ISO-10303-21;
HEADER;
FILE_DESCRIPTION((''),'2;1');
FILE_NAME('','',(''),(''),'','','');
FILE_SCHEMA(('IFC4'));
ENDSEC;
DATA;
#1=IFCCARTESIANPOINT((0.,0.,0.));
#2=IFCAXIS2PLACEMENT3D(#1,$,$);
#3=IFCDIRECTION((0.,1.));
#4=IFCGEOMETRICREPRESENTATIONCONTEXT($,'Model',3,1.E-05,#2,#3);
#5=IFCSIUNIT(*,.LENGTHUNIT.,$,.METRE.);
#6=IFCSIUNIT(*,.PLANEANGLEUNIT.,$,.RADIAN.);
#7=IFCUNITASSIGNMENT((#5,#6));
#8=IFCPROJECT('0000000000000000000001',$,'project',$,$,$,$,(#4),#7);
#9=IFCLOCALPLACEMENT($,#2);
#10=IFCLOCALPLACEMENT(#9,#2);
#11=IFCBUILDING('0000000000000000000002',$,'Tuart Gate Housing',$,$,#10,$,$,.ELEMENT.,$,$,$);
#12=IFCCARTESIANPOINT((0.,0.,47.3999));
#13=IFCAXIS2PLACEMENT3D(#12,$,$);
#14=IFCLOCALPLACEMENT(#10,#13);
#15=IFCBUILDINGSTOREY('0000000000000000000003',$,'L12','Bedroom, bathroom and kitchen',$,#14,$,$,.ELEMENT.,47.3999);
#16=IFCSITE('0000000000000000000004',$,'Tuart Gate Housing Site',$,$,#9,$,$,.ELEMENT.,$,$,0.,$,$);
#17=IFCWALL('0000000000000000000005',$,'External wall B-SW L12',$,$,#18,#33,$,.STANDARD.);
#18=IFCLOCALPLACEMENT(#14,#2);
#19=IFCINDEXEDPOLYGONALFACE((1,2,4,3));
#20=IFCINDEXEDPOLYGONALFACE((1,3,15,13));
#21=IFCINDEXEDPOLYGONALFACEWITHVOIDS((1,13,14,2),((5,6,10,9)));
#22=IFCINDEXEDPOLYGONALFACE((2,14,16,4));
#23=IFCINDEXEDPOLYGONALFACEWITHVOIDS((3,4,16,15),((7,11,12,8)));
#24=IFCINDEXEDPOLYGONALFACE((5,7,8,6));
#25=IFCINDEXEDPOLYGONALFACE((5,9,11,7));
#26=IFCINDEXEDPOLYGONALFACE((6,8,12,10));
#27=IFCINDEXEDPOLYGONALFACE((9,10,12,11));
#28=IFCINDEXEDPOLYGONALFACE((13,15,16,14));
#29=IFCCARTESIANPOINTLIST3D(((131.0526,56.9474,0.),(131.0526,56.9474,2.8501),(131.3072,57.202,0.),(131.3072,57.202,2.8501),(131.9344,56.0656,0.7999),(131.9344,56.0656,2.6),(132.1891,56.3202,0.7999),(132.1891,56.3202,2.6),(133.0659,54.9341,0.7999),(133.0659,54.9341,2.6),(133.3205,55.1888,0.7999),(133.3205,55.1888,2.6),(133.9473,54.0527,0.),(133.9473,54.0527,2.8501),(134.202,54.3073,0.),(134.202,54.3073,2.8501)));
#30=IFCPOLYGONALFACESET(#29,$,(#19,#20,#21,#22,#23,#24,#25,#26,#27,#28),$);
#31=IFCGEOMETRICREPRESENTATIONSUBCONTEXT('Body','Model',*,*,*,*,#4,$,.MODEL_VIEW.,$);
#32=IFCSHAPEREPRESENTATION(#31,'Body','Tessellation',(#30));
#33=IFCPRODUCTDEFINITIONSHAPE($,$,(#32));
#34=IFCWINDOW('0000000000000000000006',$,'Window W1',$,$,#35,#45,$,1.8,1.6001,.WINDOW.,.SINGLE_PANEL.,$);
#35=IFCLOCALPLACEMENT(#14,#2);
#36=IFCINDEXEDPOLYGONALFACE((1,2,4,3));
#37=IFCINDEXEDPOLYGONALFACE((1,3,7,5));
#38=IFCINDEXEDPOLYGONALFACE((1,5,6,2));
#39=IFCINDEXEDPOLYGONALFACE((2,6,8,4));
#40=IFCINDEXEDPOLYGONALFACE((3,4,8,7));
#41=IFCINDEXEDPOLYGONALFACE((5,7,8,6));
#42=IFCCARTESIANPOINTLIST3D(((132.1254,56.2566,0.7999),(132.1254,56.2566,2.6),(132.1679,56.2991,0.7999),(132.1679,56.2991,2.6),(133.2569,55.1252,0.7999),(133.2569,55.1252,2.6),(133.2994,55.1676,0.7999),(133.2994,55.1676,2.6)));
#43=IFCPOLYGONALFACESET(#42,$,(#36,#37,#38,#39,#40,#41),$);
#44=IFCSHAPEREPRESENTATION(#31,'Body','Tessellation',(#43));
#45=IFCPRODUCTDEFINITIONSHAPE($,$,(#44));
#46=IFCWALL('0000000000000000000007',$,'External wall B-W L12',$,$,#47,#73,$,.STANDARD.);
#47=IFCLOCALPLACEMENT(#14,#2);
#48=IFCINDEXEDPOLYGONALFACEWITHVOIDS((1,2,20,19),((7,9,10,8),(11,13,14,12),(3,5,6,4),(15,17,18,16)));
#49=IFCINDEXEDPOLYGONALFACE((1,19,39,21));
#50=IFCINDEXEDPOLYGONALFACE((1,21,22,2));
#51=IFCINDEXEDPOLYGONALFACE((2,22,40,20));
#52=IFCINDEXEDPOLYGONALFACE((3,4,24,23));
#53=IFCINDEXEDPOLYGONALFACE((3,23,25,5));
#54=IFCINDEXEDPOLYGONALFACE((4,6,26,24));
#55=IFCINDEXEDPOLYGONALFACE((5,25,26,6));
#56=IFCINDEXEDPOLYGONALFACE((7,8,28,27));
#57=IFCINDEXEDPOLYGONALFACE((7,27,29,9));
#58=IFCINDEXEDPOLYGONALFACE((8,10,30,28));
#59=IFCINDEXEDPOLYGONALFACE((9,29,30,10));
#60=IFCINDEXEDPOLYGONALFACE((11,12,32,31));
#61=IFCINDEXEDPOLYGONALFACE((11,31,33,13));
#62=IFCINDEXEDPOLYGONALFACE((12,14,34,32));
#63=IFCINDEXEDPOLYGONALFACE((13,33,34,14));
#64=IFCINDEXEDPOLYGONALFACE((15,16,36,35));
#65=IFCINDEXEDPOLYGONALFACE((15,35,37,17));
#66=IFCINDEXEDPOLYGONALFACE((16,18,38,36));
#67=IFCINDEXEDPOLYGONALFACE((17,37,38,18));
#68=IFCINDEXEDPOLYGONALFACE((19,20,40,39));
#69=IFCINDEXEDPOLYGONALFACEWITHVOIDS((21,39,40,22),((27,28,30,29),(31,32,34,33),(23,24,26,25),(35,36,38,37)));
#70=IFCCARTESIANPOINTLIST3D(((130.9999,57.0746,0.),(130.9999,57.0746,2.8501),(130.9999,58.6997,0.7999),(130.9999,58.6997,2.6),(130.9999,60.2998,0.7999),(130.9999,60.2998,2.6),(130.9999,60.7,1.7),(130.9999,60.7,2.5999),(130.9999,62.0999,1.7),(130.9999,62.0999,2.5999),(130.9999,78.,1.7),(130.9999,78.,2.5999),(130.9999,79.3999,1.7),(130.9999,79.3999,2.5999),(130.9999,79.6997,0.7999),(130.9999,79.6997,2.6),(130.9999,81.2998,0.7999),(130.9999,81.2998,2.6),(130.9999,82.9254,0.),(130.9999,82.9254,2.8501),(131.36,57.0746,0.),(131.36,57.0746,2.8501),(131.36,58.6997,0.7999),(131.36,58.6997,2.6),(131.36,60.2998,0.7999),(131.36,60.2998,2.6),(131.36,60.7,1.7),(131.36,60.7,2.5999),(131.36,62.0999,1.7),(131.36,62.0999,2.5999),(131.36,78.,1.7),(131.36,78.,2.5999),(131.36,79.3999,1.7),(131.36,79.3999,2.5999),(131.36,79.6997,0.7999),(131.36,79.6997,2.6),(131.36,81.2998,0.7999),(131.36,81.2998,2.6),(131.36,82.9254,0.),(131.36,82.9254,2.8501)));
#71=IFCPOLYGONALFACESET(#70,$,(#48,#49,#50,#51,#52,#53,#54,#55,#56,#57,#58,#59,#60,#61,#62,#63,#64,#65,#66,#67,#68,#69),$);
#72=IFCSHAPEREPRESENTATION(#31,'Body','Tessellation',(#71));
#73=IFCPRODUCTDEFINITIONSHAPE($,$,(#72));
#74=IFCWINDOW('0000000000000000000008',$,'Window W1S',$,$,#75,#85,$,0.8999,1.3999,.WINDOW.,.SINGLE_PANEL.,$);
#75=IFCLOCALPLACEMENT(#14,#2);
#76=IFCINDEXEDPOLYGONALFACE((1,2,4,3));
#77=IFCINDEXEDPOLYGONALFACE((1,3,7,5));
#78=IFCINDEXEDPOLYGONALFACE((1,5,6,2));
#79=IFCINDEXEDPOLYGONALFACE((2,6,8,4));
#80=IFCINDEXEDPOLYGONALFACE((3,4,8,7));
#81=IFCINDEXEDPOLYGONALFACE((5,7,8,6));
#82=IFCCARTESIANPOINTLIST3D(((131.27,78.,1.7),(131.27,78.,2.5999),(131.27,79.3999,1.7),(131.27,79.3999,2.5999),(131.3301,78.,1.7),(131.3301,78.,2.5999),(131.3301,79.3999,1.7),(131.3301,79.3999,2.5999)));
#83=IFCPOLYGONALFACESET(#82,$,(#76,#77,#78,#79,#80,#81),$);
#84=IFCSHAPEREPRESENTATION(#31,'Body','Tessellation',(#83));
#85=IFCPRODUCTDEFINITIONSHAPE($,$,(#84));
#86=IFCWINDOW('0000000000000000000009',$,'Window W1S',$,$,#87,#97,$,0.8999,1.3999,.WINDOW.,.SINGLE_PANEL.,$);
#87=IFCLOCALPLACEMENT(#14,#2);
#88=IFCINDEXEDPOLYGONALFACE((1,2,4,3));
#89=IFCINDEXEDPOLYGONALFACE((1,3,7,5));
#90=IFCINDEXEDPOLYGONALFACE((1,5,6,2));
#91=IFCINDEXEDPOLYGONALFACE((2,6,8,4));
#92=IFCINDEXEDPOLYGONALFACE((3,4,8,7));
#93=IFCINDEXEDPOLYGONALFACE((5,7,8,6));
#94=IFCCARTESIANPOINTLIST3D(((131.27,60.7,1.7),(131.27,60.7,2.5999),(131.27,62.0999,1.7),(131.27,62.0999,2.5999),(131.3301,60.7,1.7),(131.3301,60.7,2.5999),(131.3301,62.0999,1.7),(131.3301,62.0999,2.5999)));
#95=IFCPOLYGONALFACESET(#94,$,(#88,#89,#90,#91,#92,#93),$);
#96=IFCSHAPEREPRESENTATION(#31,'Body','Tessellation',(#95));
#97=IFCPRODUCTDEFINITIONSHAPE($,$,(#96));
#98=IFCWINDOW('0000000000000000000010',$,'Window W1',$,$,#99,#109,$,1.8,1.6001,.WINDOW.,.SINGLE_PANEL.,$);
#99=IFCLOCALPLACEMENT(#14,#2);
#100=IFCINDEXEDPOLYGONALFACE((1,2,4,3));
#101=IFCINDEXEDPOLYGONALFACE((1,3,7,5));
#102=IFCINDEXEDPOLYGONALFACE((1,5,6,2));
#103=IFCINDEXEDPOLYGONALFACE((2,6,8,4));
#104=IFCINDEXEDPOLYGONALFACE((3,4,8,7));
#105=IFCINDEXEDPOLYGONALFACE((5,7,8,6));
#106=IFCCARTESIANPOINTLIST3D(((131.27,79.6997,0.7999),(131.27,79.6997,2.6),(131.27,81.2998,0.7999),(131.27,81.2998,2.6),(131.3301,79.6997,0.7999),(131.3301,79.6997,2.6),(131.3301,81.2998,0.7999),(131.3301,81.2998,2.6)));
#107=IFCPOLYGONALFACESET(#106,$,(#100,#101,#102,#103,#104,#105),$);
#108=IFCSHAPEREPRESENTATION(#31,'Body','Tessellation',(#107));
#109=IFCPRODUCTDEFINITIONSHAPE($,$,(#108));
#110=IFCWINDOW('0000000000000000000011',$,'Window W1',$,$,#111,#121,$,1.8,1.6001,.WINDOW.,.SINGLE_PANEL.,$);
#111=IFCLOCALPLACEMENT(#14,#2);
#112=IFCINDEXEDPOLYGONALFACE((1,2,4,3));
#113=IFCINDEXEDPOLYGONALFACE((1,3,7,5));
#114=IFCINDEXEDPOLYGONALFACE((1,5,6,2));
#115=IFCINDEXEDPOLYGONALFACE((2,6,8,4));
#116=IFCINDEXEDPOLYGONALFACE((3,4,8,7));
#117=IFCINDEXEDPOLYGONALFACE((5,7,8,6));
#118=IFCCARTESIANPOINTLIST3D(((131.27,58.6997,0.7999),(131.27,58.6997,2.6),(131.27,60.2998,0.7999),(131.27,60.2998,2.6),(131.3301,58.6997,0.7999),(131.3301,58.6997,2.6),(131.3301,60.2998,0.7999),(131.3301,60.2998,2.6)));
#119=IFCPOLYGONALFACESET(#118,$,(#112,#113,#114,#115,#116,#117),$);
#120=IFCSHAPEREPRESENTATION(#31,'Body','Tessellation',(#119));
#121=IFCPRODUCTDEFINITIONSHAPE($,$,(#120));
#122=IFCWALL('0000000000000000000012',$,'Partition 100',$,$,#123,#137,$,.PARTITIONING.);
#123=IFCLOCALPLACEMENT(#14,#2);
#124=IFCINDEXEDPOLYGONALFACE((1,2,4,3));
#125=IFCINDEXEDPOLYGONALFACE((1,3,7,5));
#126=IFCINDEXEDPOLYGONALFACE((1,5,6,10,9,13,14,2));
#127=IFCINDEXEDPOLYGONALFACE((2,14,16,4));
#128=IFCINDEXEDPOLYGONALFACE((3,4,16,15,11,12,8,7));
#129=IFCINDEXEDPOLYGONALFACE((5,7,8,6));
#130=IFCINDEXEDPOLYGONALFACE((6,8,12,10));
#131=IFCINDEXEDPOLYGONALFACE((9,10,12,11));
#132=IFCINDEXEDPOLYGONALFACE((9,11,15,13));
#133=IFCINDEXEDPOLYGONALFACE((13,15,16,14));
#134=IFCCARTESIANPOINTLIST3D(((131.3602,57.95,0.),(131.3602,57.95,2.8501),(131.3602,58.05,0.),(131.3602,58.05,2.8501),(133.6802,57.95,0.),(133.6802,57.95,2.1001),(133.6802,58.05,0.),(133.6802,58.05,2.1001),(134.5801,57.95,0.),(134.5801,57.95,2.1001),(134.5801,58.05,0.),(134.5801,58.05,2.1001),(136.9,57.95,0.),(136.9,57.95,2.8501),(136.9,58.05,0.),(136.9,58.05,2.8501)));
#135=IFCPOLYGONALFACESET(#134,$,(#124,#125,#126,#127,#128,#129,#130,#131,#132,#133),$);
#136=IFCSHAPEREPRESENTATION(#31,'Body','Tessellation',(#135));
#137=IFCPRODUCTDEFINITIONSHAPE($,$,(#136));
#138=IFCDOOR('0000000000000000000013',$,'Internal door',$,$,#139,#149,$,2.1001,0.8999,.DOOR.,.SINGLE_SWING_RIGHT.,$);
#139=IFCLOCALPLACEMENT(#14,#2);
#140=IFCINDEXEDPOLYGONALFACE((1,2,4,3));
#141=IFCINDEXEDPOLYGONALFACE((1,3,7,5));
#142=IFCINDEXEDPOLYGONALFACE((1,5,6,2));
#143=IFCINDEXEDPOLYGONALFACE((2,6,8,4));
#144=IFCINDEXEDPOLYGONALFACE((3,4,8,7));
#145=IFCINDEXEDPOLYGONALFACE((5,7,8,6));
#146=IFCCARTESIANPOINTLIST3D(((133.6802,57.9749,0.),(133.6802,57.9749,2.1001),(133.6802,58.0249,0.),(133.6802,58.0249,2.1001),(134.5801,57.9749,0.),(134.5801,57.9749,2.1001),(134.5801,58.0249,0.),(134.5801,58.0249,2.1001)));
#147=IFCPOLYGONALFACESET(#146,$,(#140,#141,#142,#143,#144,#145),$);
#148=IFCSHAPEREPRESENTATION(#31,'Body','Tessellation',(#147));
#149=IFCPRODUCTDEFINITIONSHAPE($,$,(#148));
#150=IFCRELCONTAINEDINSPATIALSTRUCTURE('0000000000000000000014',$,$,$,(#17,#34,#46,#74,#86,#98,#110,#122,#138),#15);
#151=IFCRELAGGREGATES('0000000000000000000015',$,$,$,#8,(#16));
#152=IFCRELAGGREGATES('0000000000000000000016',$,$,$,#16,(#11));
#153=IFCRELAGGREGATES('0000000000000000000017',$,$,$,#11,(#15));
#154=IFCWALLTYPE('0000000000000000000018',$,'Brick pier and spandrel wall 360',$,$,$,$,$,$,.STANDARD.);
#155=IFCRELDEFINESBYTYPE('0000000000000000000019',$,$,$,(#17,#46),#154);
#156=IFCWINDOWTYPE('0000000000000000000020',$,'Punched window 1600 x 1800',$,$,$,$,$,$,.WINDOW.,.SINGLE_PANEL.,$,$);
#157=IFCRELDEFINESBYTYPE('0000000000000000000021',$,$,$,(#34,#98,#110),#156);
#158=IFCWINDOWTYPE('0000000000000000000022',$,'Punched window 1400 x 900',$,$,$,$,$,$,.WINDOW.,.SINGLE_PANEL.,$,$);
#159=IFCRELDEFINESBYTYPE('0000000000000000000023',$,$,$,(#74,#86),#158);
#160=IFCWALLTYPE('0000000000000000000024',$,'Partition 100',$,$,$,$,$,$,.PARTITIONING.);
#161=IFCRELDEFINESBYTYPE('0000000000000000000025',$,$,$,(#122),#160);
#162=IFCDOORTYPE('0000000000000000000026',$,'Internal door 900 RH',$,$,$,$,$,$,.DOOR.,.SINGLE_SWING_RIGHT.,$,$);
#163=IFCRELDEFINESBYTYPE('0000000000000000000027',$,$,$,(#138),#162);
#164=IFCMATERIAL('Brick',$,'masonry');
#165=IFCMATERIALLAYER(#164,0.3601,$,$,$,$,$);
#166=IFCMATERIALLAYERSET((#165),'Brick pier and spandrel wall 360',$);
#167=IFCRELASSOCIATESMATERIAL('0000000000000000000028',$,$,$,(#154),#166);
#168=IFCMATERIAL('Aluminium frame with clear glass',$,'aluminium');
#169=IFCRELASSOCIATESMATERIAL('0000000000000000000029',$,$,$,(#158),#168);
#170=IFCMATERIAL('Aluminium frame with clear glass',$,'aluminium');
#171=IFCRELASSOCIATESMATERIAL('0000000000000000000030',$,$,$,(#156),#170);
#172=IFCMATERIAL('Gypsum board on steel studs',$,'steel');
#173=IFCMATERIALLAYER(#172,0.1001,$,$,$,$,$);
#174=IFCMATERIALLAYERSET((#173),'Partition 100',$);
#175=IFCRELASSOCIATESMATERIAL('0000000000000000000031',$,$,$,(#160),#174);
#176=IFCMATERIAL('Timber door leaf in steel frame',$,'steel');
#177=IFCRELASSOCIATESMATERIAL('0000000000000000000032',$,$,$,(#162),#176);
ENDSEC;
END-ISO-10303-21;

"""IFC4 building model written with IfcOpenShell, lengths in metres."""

from ifc_helpers import new_model, si_unit, direction, frame, frame_2d, origin, place, context, subcontext, project, spatial, rectangle, extrude, material, layer, layer_set, type_object, element, fill, save


model = new_model("IFC4")

# Units and contexts
model_context = context("Model", 3, precision=1e-05, world=origin(), true_north=direction((0.0, 1.0)))
body_context = subcontext(model_context, "Body", "Model", "MODEL_VIEW")
ifc_project = project(units=[si_unit("LENGTHUNIT", "METRE"), si_unit("PLANEANGLEUNIT", "RADIAN")], contexts=[model_context])

# Site, building, storey
site_placement = place(None, origin())
site = spatial("IfcSite", under=ifc_project, at=site_placement, Name="Tuart Gate Housing Site", CompositionType="ELEMENT", RefElevation=0.0)
building_placement = place(site_placement, origin())
building = spatial("IfcBuilding", under=site, at=building_placement, Name="Tuart Gate Housing", CompositionType="ELEMENT")
storey_placement = place(building_placement, frame((0.0, 0.0, 47.3999)))
storey = spatial("IfcBuildingStorey", under=building, at=storey_placement, Name="L12", Description="Bedroom, bathroom and kitchen", CompositionType="ELEMENT", Elevation=47.3999)

# Shared definitions
ifc_material_1 = material(Name="Brick", Category="masonry")
ifc_layer_1 = layer(ifc_material_1, 0.3601)
ifc_layer_set_1 = layer_set([ifc_layer_1], Name="Brick pier and spandrel wall 360")
wall_type_1 = type_object("IfcWallType", Name="Brick pier and spandrel wall 360", PredefinedType="STANDARD", material=ifc_layer_set_1)
ifc_material_2 = material(Name="Aluminium frame with clear glass", Category="aluminium")
window_type_1 = type_object("IfcWindowType", Name="Punched window 1400 x 900", PartitioningType="SINGLE_PANEL", PredefinedType="WINDOW", material=ifc_material_2)
ifc_material_3 = material(Name="Aluminium frame with clear glass", Category="aluminium")
window_type_2 = type_object("IfcWindowType", Name="Punched window 1600 x 1800", PartitioningType="SINGLE_PANEL", PredefinedType="WINDOW", material=ifc_material_3)

# Wall, opening, window
wall_1_placement = place(storey_placement, frame((131.1799, 57.0747, 0.0), z_axis=(0.0, 0.0, 1.0), x_axis=(0.707107, -0.707107, 0.0)))
wall_1 = element("IfcWall", 1, at=wall_1_placement, inside=storey, type_object=wall_type_1, Name="External wall B-SW L12", PredefinedType="STANDARD", context=body_context, shape_type="SweptSolid", body=[
    extrude(rectangle(XDim=4.0938, YDim=0.3601, at=frame_2d((2.0469, 0.0))), origin(), (0.0, 0.0, 1.0), 2.8501),
])
opening_1_placement = place(wall_1_placement, frame((1.2471, 0.0, 0.8)))
opening_1 = element("IfcOpeningElement", 2, at=opening_1_placement, cuts=wall_1, PredefinedType="OPENING", context=body_context, shape_type="SweptSolid", body=[
    extrude(rectangle(XDim=1.6001, YDim=1.8, at=frame_2d((0.8, 0.8999))), frame((0.0, 0.1899, 0.0), z_axis=(0.0, -1.0, 0.0), x_axis=(1.0, 0.0, 0.0)), (0.0, 0.0, 1.0), 0.3801),
])
window_1_placement = place(opening_1_placement, origin())
window_1 = element("IfcWindow", 3, at=window_1_placement, inside=storey, type_object=window_type_2, Name="Window W1", OverallHeight=1.8, OverallWidth=1.6001, PartitioningType="SINGLE_PANEL", PredefinedType="WINDOW", context=body_context, shape_type="SweptSolid", body=[
    extrude(rectangle(XDim=1.6001, YDim=1.8, at=frame_2d((0.8, 0.8999))), frame((0.0, 0.1501, 0.0), z_axis=(0.0, -1.0, 0.0), x_axis=(1.0, 0.0, 0.0)), (0.0, 0.0, 1.0), 0.0601),
])
fill(opening_1, window_1)

# Wall, openings, windows
wall_2_placement = place(storey_placement, frame((131.1799, 82.9253, 0.0), z_axis=(0.0, 0.0, 1.0), x_axis=(0.0, -1.0, 0.0)))
wall_2 = element("IfcWall", 4, at=wall_2_placement, inside=storey, type_object=wall_type_1, Name="External wall B-W L12", PredefinedType="STANDARD", context=body_context, shape_type="SweptSolid", body=[
    extrude(rectangle(XDim=25.8508, YDim=0.3601, at=frame_2d((12.9253, 0.0))), origin(), (0.0, 0.0, 1.0), 2.8501),
])
opening_2_placement = place(wall_2_placement, frame((1.6255, 0.0, 0.8)))
opening_2 = element("IfcOpeningElement", 5, at=opening_2_placement, cuts=wall_2, PredefinedType="OPENING", context=body_context, shape_type="SweptSolid", body=[
    extrude(rectangle(XDim=1.6001, YDim=1.8, at=frame_2d((0.8, 0.8999))), frame((0.0, 0.1899, 0.0), z_axis=(0.0, -1.0, 0.0), x_axis=(1.0, 0.0, 0.0)), (0.0, 0.0, 1.0), 0.3801),
])
opening_3_placement = place(wall_2_placement, frame((3.5254, 0.0, 1.7)))
opening_3 = element("IfcOpeningElement", 6, at=opening_3_placement, cuts=wall_2, PredefinedType="OPENING", context=body_context, shape_type="SweptSolid", body=[
    extrude(rectangle(XDim=1.3999, YDim=0.8999, at=frame_2d((0.7, 0.45))), frame((0.0, 0.1899, 0.0), z_axis=(0.0, -1.0, 0.0), x_axis=(1.0, 0.0, 0.0)), (0.0, 0.0, 1.0), 0.3801),
])
opening_4_placement = place(wall_2_placement, frame((20.8254, 0.0, 1.7)))
opening_4 = element("IfcOpeningElement", 7, at=opening_4_placement, cuts=wall_2, PredefinedType="OPENING", context=body_context, shape_type="SweptSolid", body=[
    extrude(rectangle(XDim=1.3999, YDim=0.8999, at=frame_2d((0.7, 0.45))), frame((0.0, 0.1899, 0.0), z_axis=(0.0, -1.0, 0.0), x_axis=(1.0, 0.0, 0.0)), (0.0, 0.0, 1.0), 0.3801),
])
opening_5_placement = place(wall_2_placement, frame((22.6255, 0.0, 0.8)))
opening_5 = element("IfcOpeningElement", 8, at=opening_5_placement, cuts=wall_2, PredefinedType="OPENING", context=body_context, shape_type="SweptSolid", body=[
    extrude(rectangle(XDim=1.6001, YDim=1.8, at=frame_2d((0.8, 0.8999))), frame((0.0, 0.1899, 0.0), z_axis=(0.0, -1.0, 0.0), x_axis=(1.0, 0.0, 0.0)), (0.0, 0.0, 1.0), 0.3801),
])
window_2_placement = place(opening_3_placement, origin())
window_2 = element("IfcWindow", 9, at=window_2_placement, inside=storey, type_object=window_type_1, Name="Window W1S", OverallHeight=0.8999, OverallWidth=1.3999, PartitioningType="SINGLE_PANEL", PredefinedType="WINDOW", context=body_context, shape_type="SweptSolid", body=[
    extrude(rectangle(XDim=1.3999, YDim=0.8999, at=frame_2d((0.7, 0.45))), frame((0.0, 0.1501, 0.0), z_axis=(0.0, -1.0, 0.0), x_axis=(1.0, 0.0, 0.0)), (0.0, 0.0, 1.0), 0.0601),
])
fill(opening_3, window_2)
window_3_placement = place(opening_4_placement, origin())
window_3 = element("IfcWindow", 10, at=window_3_placement, inside=storey, type_object=window_type_1, Name="Window W1S", OverallHeight=0.8999, OverallWidth=1.3999, PartitioningType="SINGLE_PANEL", PredefinedType="WINDOW", context=body_context, shape_type="SweptSolid", body=[
    extrude(rectangle(XDim=1.3999, YDim=0.8999, at=frame_2d((0.7, 0.45))), frame((0.0, 0.1501, 0.0), z_axis=(0.0, -1.0, 0.0), x_axis=(1.0, 0.0, 0.0)), (0.0, 0.0, 1.0), 0.0601),
])
fill(opening_4, window_3)
window_4_placement = place(opening_2_placement, origin())
window_4 = element("IfcWindow", 11, at=window_4_placement, inside=storey, type_object=window_type_2, Name="Window W1", OverallHeight=1.8, OverallWidth=1.6001, PartitioningType="SINGLE_PANEL", PredefinedType="WINDOW", context=body_context, shape_type="SweptSolid", body=[
    extrude(rectangle(XDim=1.6001, YDim=1.8, at=frame_2d((0.8, 0.8999))), frame((0.0, 0.1501, 0.0), z_axis=(0.0, -1.0, 0.0), x_axis=(1.0, 0.0, 0.0)), (0.0, 0.0, 1.0), 0.0601),
])
fill(opening_2, window_4)
window_5_placement = place(opening_5_placement, origin())
window_5 = element("IfcWindow", 12, at=window_5_placement, inside=storey, type_object=window_type_2, Name="Window W1", OverallHeight=1.8, OverallWidth=1.6001, PartitioningType="SINGLE_PANEL", PredefinedType="WINDOW", context=body_context, shape_type="SweptSolid", body=[
    extrude(rectangle(XDim=1.6001, YDim=1.8, at=frame_2d((0.8, 0.8999))), frame((0.0, 0.1501, 0.0), z_axis=(0.0, -1.0, 0.0), x_axis=(1.0, 0.0, 0.0)), (0.0, 0.0, 1.0), 0.0601),
])
fill(opening_5, window_5)

# Wall, opening, door
ifc_material_4 = material(Name="Gypsum board on steel studs", Category="steel")
ifc_layer_2 = layer(ifc_material_4, 0.1001)
ifc_layer_set_2 = layer_set([ifc_layer_2], Name="Partition 100")
wall_type_2 = type_object("IfcWallType", Name="Partition 100", PredefinedType="PARTITIONING", material=ifc_layer_set_2)
wall_3_placement = place(storey_placement, frame((131.3601, 58.0, 0.0), z_axis=(0.0, 0.0, 1.0), x_axis=(1.0, 0.0, 0.0)))
wall_3 = element("IfcWall", 13, at=wall_3_placement, inside=storey, type_object=wall_type_2, Name="Partition 100", PredefinedType="PARTITIONING", context=body_context, shape_type="SweptSolid", body=[
    extrude(rectangle(XDim=5.5398, YDim=0.1001, at=frame_2d((2.77, 0.0))), origin(), (0.0, 0.0, 1.0), 2.8501),
])
opening_6_placement = place(wall_3_placement, frame((2.3201, 0.0, 0.0)))
opening_6 = element("IfcOpeningElement", 14, at=opening_6_placement, cuts=wall_3, PredefinedType="OPENING", context=body_context, shape_type="SweptSolid", body=[
    extrude(rectangle(XDim=0.8999, YDim=2.1001, at=frame_2d((0.45, 1.05))), frame((0.0, 0.0601, 0.0), z_axis=(0.0, -1.0, 0.0), x_axis=(1.0, 0.0, 0.0)), (0.0, 0.0, 1.0), 0.1201),
])
ifc_material_5 = material(Name="Timber door leaf in steel frame", Category="steel")
door_type_1 = type_object("IfcDoorType", Name="Internal door 900 RH", OperationType="SINGLE_SWING_RIGHT", PredefinedType="DOOR", material=ifc_material_5)
door_1_placement = place(opening_6_placement, frame((0.8999, 0.0, 0.0), z_axis=(0.0, 0.0, 1.0), x_axis=(-1.0, 0.0, 0.0)))
door_1 = element("IfcDoor", 15, at=door_1_placement, inside=storey, type_object=door_type_1, Name="Internal door", OperationType="SINGLE_SWING_RIGHT", OverallHeight=2.1001, OverallWidth=0.8999, PredefinedType="DOOR", context=body_context, shape_type="SweptSolid", body=[
    extrude(rectangle(XDim=0.8999, YDim=2.1001, at=frame_2d((0.45, 1.05))), frame((0.0, 0.0251, 0.0), z_axis=(0.0, -1.0, 0.0), x_axis=(1.0, 0.0, 0.0)), (0.0, 0.0, 1.0), 0.05),
])
fill(opening_6, door_1)

save(model, "model.ifc")
